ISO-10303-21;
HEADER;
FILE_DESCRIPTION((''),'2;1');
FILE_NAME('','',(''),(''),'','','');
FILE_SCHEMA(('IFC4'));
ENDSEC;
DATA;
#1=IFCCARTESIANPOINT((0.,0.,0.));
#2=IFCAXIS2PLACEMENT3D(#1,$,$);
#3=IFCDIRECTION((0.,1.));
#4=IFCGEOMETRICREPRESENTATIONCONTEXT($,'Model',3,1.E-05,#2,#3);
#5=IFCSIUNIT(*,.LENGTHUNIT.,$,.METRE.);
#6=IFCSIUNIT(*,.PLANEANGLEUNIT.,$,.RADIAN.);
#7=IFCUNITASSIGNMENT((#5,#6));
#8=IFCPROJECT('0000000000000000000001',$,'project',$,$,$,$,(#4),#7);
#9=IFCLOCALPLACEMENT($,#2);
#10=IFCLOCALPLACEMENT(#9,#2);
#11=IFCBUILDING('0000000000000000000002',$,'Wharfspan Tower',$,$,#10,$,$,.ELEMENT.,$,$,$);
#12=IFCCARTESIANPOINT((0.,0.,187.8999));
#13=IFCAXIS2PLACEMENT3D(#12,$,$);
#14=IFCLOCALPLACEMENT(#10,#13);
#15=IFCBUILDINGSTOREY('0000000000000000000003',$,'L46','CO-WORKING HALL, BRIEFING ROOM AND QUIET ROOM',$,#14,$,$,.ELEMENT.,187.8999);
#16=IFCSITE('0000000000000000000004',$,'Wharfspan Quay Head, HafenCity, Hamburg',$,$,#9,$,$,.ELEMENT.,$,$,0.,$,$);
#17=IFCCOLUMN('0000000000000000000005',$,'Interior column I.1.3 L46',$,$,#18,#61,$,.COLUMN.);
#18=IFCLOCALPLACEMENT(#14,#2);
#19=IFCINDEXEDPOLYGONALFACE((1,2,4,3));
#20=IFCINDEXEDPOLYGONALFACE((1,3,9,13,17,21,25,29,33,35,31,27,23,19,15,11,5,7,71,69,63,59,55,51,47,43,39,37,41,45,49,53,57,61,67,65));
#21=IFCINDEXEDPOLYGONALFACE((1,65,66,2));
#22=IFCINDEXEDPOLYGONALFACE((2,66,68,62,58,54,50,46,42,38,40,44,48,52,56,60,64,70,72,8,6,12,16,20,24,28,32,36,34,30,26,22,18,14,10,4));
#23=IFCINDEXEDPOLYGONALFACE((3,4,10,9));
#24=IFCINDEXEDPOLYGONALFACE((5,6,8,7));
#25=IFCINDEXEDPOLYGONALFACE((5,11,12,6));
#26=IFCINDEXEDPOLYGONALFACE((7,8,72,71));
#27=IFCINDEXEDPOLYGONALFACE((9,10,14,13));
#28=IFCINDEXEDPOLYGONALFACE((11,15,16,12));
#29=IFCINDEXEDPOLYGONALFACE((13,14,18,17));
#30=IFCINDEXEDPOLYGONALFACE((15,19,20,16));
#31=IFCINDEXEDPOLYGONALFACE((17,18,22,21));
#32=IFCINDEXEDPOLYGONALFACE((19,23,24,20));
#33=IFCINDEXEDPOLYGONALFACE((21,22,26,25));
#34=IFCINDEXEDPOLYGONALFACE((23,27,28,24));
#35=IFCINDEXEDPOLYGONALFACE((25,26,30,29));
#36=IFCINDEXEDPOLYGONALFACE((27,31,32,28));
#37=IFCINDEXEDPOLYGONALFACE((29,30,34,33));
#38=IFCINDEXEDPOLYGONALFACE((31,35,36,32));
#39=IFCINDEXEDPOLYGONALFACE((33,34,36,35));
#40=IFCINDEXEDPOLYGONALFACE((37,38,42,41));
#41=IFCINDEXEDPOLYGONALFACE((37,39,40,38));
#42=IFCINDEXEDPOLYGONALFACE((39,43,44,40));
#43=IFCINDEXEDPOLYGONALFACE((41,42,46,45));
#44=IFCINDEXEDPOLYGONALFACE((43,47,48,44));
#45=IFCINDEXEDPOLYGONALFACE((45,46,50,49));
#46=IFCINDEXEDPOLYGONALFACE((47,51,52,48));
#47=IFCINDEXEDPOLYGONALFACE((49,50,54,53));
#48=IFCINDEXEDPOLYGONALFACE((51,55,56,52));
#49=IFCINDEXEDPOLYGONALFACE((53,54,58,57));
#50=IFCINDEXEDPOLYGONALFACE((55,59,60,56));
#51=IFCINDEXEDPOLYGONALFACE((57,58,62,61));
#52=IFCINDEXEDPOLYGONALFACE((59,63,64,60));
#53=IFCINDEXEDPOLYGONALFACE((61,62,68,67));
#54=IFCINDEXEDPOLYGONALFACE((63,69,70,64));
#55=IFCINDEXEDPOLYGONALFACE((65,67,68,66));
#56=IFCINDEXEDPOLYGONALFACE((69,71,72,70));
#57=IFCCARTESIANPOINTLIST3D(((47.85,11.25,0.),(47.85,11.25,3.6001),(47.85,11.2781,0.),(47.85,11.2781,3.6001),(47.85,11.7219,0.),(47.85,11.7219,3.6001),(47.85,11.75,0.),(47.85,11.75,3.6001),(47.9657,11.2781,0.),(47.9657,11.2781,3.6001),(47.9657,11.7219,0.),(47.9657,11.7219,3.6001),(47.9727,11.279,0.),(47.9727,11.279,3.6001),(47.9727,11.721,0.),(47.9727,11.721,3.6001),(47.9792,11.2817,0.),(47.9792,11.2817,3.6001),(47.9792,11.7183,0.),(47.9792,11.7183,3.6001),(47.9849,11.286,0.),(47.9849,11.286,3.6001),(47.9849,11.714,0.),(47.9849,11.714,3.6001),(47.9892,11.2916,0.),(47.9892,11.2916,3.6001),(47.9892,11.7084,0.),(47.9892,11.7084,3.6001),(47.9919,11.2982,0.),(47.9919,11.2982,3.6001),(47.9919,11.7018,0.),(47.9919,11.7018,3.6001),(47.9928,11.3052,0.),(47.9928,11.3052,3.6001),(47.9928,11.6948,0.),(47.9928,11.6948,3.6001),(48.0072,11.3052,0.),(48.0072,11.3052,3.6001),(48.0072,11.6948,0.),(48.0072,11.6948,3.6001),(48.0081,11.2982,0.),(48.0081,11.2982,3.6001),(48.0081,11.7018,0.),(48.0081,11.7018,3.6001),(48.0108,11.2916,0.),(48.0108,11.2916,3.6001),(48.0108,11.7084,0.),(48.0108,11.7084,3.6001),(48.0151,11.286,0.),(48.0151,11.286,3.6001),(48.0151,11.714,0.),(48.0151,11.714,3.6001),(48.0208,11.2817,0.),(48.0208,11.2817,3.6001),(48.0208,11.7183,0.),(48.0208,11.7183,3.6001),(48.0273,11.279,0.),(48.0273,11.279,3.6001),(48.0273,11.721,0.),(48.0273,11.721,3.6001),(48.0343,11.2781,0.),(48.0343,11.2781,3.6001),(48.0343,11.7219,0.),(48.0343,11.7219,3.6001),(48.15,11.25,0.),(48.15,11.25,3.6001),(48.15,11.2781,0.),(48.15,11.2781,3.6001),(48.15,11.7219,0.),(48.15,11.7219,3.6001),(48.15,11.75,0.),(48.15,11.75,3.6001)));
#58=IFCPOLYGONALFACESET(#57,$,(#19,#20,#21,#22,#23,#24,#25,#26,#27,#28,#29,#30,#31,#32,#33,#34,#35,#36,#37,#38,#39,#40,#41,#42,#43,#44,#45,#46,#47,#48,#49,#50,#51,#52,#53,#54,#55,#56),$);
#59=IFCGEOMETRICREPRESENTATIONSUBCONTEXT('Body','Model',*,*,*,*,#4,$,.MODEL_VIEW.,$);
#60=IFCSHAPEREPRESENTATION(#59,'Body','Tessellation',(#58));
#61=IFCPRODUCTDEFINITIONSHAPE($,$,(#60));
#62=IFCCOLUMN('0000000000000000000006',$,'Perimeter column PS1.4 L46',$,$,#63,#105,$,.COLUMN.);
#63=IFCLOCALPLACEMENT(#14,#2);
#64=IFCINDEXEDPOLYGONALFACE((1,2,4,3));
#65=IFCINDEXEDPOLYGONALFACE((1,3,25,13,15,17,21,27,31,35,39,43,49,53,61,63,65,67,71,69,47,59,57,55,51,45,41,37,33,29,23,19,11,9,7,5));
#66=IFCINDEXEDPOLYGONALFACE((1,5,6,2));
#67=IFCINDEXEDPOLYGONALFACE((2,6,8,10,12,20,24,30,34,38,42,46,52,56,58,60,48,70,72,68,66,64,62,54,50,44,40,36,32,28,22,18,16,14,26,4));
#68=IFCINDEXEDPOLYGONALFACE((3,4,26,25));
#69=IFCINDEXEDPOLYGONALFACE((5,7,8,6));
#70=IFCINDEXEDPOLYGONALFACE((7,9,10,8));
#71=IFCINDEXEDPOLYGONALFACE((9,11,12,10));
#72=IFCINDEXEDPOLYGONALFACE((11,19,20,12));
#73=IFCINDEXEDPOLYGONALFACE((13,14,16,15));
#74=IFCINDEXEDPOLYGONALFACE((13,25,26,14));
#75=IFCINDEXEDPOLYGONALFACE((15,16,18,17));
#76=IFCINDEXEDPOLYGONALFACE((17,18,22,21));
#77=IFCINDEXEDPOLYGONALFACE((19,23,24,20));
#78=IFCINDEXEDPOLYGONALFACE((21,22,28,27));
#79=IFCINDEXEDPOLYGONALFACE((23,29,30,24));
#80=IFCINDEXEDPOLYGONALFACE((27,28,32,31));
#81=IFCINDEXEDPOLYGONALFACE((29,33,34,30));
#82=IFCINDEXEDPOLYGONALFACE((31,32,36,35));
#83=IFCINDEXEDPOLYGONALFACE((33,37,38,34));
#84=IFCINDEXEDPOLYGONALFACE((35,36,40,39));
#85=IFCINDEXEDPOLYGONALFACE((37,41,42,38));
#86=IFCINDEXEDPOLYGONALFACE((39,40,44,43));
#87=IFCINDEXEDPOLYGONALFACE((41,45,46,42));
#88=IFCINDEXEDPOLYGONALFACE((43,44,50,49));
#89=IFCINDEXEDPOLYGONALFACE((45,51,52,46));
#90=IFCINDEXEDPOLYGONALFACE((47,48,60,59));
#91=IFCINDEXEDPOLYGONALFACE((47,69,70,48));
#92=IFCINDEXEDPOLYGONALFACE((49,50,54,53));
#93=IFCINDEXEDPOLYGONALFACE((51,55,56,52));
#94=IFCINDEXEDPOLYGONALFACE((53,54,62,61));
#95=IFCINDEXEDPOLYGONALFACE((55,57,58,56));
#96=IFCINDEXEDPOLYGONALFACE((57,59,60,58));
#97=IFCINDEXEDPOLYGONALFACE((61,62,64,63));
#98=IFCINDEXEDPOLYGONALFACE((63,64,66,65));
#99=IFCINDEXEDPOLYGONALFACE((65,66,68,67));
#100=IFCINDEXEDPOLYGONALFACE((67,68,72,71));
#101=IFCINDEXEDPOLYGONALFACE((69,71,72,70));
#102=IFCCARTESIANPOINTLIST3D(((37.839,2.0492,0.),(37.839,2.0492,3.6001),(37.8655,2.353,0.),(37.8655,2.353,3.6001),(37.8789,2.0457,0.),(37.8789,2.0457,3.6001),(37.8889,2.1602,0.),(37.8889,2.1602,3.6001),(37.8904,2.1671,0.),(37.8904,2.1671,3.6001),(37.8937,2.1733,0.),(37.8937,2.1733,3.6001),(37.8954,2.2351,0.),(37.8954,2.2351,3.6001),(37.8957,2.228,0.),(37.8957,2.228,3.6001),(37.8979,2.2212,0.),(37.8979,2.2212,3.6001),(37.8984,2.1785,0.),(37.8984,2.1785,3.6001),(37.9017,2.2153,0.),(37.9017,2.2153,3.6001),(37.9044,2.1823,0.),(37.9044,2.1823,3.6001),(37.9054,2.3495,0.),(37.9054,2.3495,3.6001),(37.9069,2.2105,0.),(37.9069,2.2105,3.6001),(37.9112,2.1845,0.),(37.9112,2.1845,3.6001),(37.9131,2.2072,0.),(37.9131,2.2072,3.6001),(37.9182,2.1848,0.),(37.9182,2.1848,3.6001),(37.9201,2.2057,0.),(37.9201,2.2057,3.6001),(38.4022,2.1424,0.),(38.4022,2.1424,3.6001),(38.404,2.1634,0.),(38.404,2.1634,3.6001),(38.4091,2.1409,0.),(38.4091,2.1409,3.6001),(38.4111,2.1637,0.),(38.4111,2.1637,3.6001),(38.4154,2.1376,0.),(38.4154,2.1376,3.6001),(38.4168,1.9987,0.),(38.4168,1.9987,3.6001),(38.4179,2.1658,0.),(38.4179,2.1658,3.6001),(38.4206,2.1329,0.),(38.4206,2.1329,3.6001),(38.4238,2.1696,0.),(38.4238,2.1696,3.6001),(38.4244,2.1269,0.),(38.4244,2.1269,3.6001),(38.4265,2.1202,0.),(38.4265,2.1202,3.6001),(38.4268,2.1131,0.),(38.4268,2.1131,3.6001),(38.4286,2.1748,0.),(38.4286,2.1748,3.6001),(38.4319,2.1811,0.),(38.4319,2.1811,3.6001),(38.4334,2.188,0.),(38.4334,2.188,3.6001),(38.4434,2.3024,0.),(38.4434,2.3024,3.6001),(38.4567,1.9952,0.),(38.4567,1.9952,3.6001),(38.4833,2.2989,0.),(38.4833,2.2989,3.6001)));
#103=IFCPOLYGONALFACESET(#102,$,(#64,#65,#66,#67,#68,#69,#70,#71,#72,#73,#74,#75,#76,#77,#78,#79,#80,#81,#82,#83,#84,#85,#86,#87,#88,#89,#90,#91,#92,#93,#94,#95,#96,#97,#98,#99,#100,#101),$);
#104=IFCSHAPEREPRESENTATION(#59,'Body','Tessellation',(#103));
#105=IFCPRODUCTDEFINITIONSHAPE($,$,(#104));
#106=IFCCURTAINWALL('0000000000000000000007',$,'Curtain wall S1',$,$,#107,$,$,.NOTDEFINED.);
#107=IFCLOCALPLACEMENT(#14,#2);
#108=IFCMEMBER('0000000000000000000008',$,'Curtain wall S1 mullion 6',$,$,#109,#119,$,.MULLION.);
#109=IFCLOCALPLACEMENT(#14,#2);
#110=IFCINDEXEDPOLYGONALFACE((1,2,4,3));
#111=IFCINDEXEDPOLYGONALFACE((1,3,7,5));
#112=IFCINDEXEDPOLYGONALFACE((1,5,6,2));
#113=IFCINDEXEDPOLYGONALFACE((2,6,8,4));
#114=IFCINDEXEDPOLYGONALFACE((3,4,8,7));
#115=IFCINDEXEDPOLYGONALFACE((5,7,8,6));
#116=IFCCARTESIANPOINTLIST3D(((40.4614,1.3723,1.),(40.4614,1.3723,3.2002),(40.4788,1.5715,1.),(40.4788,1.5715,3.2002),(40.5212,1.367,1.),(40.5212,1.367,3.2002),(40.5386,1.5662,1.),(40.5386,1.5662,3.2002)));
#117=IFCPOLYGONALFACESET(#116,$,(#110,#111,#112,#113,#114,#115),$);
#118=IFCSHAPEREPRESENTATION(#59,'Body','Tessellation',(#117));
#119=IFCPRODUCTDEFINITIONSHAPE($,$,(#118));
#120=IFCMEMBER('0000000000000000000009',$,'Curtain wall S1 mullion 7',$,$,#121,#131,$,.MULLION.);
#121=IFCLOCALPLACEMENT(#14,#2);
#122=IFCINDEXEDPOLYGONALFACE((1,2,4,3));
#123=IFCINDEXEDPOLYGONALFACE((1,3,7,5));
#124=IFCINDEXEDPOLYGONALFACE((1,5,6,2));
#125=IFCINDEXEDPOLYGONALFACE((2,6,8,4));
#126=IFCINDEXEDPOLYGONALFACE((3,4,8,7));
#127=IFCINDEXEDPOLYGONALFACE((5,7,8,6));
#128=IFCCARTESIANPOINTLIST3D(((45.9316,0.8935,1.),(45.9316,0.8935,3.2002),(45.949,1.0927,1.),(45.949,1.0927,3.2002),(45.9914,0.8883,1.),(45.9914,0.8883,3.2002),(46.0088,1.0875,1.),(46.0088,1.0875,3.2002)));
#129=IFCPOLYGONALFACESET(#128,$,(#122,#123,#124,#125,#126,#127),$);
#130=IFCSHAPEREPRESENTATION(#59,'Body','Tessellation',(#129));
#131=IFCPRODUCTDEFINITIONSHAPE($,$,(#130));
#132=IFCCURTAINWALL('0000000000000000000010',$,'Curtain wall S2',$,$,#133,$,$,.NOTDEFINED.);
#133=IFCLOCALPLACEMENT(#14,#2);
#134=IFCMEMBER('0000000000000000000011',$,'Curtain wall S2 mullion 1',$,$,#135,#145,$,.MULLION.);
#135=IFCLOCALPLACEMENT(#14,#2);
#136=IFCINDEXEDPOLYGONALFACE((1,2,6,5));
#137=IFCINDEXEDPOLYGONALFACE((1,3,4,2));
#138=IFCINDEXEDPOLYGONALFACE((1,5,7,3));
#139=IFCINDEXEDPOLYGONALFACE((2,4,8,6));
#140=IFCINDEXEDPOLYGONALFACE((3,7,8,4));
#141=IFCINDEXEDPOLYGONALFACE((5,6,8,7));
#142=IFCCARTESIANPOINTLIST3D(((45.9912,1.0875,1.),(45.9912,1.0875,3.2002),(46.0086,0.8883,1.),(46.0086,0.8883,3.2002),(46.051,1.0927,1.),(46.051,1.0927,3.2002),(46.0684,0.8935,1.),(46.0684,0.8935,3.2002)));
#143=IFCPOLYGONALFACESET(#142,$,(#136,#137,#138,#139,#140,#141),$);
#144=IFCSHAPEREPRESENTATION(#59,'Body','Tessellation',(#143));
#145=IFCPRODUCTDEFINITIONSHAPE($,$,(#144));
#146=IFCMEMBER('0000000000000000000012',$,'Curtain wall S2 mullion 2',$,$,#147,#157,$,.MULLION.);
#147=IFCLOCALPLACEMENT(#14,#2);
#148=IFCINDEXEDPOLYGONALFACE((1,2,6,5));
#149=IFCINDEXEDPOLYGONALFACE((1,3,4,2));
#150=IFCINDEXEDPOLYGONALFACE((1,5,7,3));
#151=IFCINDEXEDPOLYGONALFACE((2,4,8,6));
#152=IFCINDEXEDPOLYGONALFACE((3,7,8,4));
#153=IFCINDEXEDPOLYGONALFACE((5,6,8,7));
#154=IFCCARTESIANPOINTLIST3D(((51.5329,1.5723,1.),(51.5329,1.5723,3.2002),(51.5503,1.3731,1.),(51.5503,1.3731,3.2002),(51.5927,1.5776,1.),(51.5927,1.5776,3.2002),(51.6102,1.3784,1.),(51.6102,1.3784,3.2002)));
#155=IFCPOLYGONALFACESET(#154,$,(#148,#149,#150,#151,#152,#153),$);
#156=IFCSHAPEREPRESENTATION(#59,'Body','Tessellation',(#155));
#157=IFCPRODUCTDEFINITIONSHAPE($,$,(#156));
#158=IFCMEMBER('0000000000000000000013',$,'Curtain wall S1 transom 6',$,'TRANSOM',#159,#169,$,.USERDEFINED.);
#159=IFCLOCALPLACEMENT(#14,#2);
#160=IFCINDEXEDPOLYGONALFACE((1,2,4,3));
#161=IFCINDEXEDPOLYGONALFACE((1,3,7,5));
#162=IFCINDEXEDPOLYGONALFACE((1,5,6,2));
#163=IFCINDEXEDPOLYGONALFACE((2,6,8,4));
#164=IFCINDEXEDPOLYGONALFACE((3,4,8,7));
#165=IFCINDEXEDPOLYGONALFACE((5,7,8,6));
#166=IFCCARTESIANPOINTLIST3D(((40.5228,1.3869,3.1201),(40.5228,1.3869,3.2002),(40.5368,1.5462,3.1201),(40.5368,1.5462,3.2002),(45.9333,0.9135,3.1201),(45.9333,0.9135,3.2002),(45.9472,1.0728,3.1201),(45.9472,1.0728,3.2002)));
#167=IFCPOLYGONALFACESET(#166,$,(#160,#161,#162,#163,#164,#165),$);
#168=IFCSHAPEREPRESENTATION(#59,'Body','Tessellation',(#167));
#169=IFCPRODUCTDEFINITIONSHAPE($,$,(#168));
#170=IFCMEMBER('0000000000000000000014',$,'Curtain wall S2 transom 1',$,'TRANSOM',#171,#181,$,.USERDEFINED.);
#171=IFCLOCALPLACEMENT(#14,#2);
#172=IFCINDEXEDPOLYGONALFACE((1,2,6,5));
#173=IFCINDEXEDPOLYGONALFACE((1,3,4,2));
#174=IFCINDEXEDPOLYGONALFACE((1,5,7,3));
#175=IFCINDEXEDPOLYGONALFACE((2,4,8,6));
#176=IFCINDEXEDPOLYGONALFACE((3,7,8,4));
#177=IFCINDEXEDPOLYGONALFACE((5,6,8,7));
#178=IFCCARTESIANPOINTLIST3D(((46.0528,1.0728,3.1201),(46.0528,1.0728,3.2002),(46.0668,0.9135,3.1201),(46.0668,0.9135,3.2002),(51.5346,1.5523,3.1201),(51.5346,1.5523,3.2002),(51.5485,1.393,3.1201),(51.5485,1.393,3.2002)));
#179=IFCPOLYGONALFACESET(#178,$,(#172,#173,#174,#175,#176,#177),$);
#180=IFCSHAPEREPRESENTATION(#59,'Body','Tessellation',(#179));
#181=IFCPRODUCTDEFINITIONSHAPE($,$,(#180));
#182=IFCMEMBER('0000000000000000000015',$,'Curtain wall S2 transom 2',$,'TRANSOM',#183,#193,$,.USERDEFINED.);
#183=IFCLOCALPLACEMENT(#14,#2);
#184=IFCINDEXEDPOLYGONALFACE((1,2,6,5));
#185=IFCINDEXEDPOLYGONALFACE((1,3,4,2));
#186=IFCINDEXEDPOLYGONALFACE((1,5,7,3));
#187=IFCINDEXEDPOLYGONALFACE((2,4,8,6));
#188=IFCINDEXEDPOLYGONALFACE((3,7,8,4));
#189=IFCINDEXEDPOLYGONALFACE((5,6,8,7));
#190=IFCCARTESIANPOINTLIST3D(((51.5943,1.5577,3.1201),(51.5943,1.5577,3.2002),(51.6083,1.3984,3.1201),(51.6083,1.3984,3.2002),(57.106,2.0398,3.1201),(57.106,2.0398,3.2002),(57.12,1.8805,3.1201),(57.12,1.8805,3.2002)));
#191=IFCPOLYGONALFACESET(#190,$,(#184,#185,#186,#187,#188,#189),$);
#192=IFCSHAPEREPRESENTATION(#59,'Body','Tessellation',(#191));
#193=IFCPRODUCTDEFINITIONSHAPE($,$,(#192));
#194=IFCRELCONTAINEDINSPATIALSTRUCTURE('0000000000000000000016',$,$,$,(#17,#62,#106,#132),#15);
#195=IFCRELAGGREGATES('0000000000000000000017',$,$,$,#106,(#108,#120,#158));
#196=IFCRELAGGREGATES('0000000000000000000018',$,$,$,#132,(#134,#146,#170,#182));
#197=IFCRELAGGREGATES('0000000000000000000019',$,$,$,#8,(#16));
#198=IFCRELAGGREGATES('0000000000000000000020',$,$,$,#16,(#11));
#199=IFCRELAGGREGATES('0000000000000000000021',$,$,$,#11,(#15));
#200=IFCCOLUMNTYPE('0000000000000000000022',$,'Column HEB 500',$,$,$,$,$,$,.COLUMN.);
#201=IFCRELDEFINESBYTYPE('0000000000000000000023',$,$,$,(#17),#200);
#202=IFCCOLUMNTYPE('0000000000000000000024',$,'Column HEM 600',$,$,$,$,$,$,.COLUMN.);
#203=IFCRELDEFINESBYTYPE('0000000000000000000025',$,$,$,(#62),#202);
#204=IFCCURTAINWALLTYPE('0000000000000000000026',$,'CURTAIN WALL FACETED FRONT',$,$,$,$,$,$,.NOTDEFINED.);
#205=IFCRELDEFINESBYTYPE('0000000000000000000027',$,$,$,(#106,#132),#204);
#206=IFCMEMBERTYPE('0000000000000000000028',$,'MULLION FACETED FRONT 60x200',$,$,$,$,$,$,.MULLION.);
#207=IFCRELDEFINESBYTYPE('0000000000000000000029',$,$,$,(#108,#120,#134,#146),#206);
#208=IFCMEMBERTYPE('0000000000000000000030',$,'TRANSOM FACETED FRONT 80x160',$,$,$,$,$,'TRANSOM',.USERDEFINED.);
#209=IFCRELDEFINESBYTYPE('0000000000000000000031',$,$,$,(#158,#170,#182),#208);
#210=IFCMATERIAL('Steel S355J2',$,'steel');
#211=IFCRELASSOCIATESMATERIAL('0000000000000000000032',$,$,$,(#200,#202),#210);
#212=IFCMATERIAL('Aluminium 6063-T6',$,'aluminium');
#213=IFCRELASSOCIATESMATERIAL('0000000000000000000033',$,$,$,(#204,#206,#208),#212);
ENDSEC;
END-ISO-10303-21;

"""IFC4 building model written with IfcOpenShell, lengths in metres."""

from ifc_helpers import new_model, si_unit, direction, frame, origin, origin_2d, place, context, subcontext, project, spatial, rectangle, i_section, extrude, material, material_profile, profile_set, type_object, element, aggregate, save


model = new_model("IFC4")

# Units and contexts
model_context = context("Model", 3, precision=1e-05, world=origin(), true_north=direction((0.0, 1.0)))
body_context = subcontext(model_context, "Body", "Model", "MODEL_VIEW")
ifc_project = project(units=[si_unit("LENGTHUNIT", "METRE"), si_unit("PLANEANGLEUNIT", "RADIAN")], contexts=[model_context])

# Site, building, storey
site_placement = place(None, origin())
site = spatial("IfcSite", under=ifc_project, at=site_placement, Name="Wharfspan Quay Head, HafenCity, Hamburg", CompositionType="ELEMENT", RefElevation=0.0)
building_placement = place(site_placement, origin())
building = spatial("IfcBuilding", under=site, at=building_placement, Name="Wharfspan Tower", CompositionType="ELEMENT")
storey_placement = place(building_placement, frame((0.0, 0.0, 187.8999)))
storey = spatial("IfcBuildingStorey", under=building, at=storey_placement, Name="L46", Description="CO-WORKING HALL, BRIEFING ROOM AND QUIET ROOM", CompositionType="ELEMENT", Elevation=187.8999)

# Columns
ifc_material_1 = material(Name="Steel S355J2", Category="steel")
ifc_material_profile_1 = material_profile(ifc_material_1, i_section(OverallWidth=0.3, OverallDepth=0.5, WebThickness=0.0144, FlangeThickness=0.0281, FilletRadius=0.0271, at=origin_2d()))
ifc_profile_set_1 = profile_set([ifc_material_profile_1], Name="Steel S355J2")
column_type_1 = type_object("IfcColumnType", Name="Column HEB 500", PredefinedType="COLUMN", material=ifc_profile_set_1)
column_1_placement = place(storey_placement, frame((48.0, 11.5, 0.0), z_axis=(0.0, 0.0, 1.0), x_axis=(1.0, 0.0, 0.0)))
element("IfcColumn", 1, at=column_1_placement, inside=storey, type_object=column_type_1, Name="Interior column I.1.3 L46", PredefinedType="COLUMN", context=body_context, shape_type="SweptSolid", body=[
    extrude(i_section(OverallWidth=0.3, OverallDepth=0.5, WebThickness=0.0144, FlangeThickness=0.0281, FilletRadius=0.0271, at=origin_2d()), origin(), (0.0, 0.0, 1.0), 3.6001),
])
ifc_material_profile_2 = material_profile(ifc_material_1, i_section(OverallWidth=0.3049, OverallDepth=0.6201, WebThickness=0.021, FlangeThickness=0.04, FilletRadius=0.0271, at=origin_2d()))
ifc_profile_set_2 = profile_set([ifc_material_profile_2], Name="Steel S355J2")
column_type_2 = type_object("IfcColumnType", Name="Column HEM 600", PredefinedType="COLUMN", material=ifc_profile_set_2)
column_2_placement = place(storey_placement, frame((38.1611, 2.1741, 0.0), z_axis=(0.0, 0.0, 1.0), x_axis=(-0.087156, -0.996198, 0.0)))
element("IfcColumn", 2, at=column_2_placement, inside=storey, type_object=column_type_2, Name="Perimeter column PS1.4 L46", PredefinedType="COLUMN", context=body_context, shape_type="SweptSolid", body=[
    extrude(i_section(OverallWidth=0.3049, OverallDepth=0.6201, WebThickness=0.021, FlangeThickness=0.04, FilletRadius=0.0271, at=origin_2d()), origin(), (0.0, 0.0, 1.0), 3.6001),
])

# Curtain walls, members
ifc_material_2 = material(Name="Aluminium 6063-T6", Category="aluminium")
curtain_wall_type = type_object("IfcCurtainWallType", Name="CURTAIN WALL FACETED FRONT", PredefinedType="NOTDEFINED", material=ifc_material_2)
curtain_wall_1_placement = place(storey_placement, origin())
curtain_wall_1 = element("IfcCurtainWall", 3, at=curtain_wall_1_placement, inside=storey, type_object=curtain_wall_type, Name="Curtain wall S1", PredefinedType="NOTDEFINED")
ifc_material_profile_3 = material_profile(ifc_material_2, rectangle(XDim=0.2, YDim=0.0601, at=origin_2d()))
ifc_profile_set_3 = profile_set([ifc_material_profile_3], Name="Aluminium 6063-T6")
member_type_1 = type_object("IfcMemberType", Name="MULLION FACETED FRONT 60x200", PredefinedType="MULLION", material=ifc_profile_set_3)
member_1_placement = place(storey_placement, frame((40.5, 1.4692, 1.0), z_axis=(0.0, 0.0, 1.0), x_axis=(0.087156, 0.996198, 0.0)))
member_1 = element("IfcMember", 4, at=member_1_placement, type_object=member_type_1, Name="Curtain wall S1 mullion 6", PredefinedType="MULLION", context=body_context, shape_type="SweptSolid", body=[
    extrude(rectangle(XDim=0.2, YDim=0.0601, at=origin_2d()), origin(), (0.0, 0.0, 1.0), 2.2002),
])
member_2_placement = place(storey_placement, frame((45.9702, 0.9905, 1.0), z_axis=(0.0, 0.0, 1.0), x_axis=(0.087156, 0.996198, 0.0)))
member_2 = element("IfcMember", 5, at=member_2_placement, type_object=member_type_1, Name="Curtain wall S1 mullion 7", PredefinedType="MULLION", context=body_context, shape_type="SweptSolid", body=[
    extrude(rectangle(XDim=0.2, YDim=0.0601, at=origin_2d()), origin(), (0.0, 0.0, 1.0), 2.2002),
])
curtain_wall_2_placement = place(storey_placement, origin())
curtain_wall_2 = element("IfcCurtainWall", 6, at=curtain_wall_2_placement, inside=storey, type_object=curtain_wall_type, Name="Curtain wall S2", PredefinedType="NOTDEFINED")
member_3_placement = place(storey_placement, frame((46.0298, 0.9905, 1.0), z_axis=(0.0, 0.0, 1.0), x_axis=(-0.087156, 0.996198, 0.0)))
member_3 = element("IfcMember", 7, at=member_3_placement, type_object=member_type_1, Name="Curtain wall S2 mullion 1", PredefinedType="MULLION", context=body_context, shape_type="SweptSolid", body=[
    extrude(rectangle(XDim=0.2, YDim=0.0601, at=origin_2d()), origin(), (0.0, 0.0, 1.0), 2.2002),
])
member_4_placement = place(storey_placement, frame((51.5715, 1.4753, 1.0), z_axis=(0.0, 0.0, 1.0), x_axis=(-0.087156, 0.996198, 0.0)))
member_4 = element("IfcMember", 8, at=member_4_placement, type_object=member_type_1, Name="Curtain wall S2 mullion 2", PredefinedType="MULLION", context=body_context, shape_type="SweptSolid", body=[
    extrude(rectangle(XDim=0.2, YDim=0.0601, at=origin_2d()), origin(), (0.0, 0.0, 1.0), 2.2002),
])

# Members
ifc_material_profile_4 = material_profile(ifc_material_2, rectangle(XDim=0.1599, YDim=0.0801, at=origin_2d()))
ifc_profile_set_4 = profile_set([ifc_material_profile_4], Name="Aluminium 6063-T6")
member_type_2 = type_object("IfcMemberType", Name="TRANSOM FACETED FRONT 80x160", ElementType="TRANSOM", PredefinedType="USERDEFINED", material=ifc_profile_set_4)
member_5_placement = place(storey_placement, frame((40.5298, 1.4666, 3.1602), z_axis=(0.996194, -0.087163, 0.0), x_axis=(0.087163, 0.996194, 0.0)))
member_5 = element("IfcMember", 9, at=member_5_placement, type_object=member_type_2, Name="Curtain wall S1 transom 6", ObjectType="TRANSOM", PredefinedType="USERDEFINED", context=body_context, shape_type="SweptSolid", body=[
    extrude(rectangle(XDim=0.1599, YDim=0.0801, at=origin_2d()), origin(), (0.0, 0.0, 1.0), 5.4312),
])
member_6_placement = place(storey_placement, frame((46.0598, 0.9932, 3.1602), z_axis=(0.996196, 0.087139, 0.0), x_axis=(-0.087139, 0.996196, 0.0)))
member_6 = element("IfcMember", 10, at=member_6_placement, type_object=member_type_2, Name="Curtain wall S2 transom 1", ObjectType="TRANSOM", PredefinedType="USERDEFINED", context=body_context, shape_type="SweptSolid", body=[
    extrude(rectangle(XDim=0.1599, YDim=0.0801, at=origin_2d()), origin(), (0.0, 0.0, 1.0), 5.5027),
])
member_7_placement = place(storey_placement, frame((51.6013, 1.478, 3.1602), z_axis=(0.996195, 0.087149, 0.0), x_axis=(-0.087149, 0.996195, 0.0)))
member_7 = element("IfcMember", 11, at=member_7_placement, type_object=member_type_2, Name="Curtain wall S2 transom 2", ObjectType="TRANSOM", PredefinedType="USERDEFINED", context=body_context, shape_type="SweptSolid", body=[
    extrude(rectangle(XDim=0.1599, YDim=0.0801, at=origin_2d()), origin(), (0.0, 0.0, 1.0), 5.5327),
])

aggregate(curtain_wall_1, [member_1, member_2, member_5])
aggregate(curtain_wall_2, [member_3, member_4, member_6, member_7])

save(model, "model.ifc")
